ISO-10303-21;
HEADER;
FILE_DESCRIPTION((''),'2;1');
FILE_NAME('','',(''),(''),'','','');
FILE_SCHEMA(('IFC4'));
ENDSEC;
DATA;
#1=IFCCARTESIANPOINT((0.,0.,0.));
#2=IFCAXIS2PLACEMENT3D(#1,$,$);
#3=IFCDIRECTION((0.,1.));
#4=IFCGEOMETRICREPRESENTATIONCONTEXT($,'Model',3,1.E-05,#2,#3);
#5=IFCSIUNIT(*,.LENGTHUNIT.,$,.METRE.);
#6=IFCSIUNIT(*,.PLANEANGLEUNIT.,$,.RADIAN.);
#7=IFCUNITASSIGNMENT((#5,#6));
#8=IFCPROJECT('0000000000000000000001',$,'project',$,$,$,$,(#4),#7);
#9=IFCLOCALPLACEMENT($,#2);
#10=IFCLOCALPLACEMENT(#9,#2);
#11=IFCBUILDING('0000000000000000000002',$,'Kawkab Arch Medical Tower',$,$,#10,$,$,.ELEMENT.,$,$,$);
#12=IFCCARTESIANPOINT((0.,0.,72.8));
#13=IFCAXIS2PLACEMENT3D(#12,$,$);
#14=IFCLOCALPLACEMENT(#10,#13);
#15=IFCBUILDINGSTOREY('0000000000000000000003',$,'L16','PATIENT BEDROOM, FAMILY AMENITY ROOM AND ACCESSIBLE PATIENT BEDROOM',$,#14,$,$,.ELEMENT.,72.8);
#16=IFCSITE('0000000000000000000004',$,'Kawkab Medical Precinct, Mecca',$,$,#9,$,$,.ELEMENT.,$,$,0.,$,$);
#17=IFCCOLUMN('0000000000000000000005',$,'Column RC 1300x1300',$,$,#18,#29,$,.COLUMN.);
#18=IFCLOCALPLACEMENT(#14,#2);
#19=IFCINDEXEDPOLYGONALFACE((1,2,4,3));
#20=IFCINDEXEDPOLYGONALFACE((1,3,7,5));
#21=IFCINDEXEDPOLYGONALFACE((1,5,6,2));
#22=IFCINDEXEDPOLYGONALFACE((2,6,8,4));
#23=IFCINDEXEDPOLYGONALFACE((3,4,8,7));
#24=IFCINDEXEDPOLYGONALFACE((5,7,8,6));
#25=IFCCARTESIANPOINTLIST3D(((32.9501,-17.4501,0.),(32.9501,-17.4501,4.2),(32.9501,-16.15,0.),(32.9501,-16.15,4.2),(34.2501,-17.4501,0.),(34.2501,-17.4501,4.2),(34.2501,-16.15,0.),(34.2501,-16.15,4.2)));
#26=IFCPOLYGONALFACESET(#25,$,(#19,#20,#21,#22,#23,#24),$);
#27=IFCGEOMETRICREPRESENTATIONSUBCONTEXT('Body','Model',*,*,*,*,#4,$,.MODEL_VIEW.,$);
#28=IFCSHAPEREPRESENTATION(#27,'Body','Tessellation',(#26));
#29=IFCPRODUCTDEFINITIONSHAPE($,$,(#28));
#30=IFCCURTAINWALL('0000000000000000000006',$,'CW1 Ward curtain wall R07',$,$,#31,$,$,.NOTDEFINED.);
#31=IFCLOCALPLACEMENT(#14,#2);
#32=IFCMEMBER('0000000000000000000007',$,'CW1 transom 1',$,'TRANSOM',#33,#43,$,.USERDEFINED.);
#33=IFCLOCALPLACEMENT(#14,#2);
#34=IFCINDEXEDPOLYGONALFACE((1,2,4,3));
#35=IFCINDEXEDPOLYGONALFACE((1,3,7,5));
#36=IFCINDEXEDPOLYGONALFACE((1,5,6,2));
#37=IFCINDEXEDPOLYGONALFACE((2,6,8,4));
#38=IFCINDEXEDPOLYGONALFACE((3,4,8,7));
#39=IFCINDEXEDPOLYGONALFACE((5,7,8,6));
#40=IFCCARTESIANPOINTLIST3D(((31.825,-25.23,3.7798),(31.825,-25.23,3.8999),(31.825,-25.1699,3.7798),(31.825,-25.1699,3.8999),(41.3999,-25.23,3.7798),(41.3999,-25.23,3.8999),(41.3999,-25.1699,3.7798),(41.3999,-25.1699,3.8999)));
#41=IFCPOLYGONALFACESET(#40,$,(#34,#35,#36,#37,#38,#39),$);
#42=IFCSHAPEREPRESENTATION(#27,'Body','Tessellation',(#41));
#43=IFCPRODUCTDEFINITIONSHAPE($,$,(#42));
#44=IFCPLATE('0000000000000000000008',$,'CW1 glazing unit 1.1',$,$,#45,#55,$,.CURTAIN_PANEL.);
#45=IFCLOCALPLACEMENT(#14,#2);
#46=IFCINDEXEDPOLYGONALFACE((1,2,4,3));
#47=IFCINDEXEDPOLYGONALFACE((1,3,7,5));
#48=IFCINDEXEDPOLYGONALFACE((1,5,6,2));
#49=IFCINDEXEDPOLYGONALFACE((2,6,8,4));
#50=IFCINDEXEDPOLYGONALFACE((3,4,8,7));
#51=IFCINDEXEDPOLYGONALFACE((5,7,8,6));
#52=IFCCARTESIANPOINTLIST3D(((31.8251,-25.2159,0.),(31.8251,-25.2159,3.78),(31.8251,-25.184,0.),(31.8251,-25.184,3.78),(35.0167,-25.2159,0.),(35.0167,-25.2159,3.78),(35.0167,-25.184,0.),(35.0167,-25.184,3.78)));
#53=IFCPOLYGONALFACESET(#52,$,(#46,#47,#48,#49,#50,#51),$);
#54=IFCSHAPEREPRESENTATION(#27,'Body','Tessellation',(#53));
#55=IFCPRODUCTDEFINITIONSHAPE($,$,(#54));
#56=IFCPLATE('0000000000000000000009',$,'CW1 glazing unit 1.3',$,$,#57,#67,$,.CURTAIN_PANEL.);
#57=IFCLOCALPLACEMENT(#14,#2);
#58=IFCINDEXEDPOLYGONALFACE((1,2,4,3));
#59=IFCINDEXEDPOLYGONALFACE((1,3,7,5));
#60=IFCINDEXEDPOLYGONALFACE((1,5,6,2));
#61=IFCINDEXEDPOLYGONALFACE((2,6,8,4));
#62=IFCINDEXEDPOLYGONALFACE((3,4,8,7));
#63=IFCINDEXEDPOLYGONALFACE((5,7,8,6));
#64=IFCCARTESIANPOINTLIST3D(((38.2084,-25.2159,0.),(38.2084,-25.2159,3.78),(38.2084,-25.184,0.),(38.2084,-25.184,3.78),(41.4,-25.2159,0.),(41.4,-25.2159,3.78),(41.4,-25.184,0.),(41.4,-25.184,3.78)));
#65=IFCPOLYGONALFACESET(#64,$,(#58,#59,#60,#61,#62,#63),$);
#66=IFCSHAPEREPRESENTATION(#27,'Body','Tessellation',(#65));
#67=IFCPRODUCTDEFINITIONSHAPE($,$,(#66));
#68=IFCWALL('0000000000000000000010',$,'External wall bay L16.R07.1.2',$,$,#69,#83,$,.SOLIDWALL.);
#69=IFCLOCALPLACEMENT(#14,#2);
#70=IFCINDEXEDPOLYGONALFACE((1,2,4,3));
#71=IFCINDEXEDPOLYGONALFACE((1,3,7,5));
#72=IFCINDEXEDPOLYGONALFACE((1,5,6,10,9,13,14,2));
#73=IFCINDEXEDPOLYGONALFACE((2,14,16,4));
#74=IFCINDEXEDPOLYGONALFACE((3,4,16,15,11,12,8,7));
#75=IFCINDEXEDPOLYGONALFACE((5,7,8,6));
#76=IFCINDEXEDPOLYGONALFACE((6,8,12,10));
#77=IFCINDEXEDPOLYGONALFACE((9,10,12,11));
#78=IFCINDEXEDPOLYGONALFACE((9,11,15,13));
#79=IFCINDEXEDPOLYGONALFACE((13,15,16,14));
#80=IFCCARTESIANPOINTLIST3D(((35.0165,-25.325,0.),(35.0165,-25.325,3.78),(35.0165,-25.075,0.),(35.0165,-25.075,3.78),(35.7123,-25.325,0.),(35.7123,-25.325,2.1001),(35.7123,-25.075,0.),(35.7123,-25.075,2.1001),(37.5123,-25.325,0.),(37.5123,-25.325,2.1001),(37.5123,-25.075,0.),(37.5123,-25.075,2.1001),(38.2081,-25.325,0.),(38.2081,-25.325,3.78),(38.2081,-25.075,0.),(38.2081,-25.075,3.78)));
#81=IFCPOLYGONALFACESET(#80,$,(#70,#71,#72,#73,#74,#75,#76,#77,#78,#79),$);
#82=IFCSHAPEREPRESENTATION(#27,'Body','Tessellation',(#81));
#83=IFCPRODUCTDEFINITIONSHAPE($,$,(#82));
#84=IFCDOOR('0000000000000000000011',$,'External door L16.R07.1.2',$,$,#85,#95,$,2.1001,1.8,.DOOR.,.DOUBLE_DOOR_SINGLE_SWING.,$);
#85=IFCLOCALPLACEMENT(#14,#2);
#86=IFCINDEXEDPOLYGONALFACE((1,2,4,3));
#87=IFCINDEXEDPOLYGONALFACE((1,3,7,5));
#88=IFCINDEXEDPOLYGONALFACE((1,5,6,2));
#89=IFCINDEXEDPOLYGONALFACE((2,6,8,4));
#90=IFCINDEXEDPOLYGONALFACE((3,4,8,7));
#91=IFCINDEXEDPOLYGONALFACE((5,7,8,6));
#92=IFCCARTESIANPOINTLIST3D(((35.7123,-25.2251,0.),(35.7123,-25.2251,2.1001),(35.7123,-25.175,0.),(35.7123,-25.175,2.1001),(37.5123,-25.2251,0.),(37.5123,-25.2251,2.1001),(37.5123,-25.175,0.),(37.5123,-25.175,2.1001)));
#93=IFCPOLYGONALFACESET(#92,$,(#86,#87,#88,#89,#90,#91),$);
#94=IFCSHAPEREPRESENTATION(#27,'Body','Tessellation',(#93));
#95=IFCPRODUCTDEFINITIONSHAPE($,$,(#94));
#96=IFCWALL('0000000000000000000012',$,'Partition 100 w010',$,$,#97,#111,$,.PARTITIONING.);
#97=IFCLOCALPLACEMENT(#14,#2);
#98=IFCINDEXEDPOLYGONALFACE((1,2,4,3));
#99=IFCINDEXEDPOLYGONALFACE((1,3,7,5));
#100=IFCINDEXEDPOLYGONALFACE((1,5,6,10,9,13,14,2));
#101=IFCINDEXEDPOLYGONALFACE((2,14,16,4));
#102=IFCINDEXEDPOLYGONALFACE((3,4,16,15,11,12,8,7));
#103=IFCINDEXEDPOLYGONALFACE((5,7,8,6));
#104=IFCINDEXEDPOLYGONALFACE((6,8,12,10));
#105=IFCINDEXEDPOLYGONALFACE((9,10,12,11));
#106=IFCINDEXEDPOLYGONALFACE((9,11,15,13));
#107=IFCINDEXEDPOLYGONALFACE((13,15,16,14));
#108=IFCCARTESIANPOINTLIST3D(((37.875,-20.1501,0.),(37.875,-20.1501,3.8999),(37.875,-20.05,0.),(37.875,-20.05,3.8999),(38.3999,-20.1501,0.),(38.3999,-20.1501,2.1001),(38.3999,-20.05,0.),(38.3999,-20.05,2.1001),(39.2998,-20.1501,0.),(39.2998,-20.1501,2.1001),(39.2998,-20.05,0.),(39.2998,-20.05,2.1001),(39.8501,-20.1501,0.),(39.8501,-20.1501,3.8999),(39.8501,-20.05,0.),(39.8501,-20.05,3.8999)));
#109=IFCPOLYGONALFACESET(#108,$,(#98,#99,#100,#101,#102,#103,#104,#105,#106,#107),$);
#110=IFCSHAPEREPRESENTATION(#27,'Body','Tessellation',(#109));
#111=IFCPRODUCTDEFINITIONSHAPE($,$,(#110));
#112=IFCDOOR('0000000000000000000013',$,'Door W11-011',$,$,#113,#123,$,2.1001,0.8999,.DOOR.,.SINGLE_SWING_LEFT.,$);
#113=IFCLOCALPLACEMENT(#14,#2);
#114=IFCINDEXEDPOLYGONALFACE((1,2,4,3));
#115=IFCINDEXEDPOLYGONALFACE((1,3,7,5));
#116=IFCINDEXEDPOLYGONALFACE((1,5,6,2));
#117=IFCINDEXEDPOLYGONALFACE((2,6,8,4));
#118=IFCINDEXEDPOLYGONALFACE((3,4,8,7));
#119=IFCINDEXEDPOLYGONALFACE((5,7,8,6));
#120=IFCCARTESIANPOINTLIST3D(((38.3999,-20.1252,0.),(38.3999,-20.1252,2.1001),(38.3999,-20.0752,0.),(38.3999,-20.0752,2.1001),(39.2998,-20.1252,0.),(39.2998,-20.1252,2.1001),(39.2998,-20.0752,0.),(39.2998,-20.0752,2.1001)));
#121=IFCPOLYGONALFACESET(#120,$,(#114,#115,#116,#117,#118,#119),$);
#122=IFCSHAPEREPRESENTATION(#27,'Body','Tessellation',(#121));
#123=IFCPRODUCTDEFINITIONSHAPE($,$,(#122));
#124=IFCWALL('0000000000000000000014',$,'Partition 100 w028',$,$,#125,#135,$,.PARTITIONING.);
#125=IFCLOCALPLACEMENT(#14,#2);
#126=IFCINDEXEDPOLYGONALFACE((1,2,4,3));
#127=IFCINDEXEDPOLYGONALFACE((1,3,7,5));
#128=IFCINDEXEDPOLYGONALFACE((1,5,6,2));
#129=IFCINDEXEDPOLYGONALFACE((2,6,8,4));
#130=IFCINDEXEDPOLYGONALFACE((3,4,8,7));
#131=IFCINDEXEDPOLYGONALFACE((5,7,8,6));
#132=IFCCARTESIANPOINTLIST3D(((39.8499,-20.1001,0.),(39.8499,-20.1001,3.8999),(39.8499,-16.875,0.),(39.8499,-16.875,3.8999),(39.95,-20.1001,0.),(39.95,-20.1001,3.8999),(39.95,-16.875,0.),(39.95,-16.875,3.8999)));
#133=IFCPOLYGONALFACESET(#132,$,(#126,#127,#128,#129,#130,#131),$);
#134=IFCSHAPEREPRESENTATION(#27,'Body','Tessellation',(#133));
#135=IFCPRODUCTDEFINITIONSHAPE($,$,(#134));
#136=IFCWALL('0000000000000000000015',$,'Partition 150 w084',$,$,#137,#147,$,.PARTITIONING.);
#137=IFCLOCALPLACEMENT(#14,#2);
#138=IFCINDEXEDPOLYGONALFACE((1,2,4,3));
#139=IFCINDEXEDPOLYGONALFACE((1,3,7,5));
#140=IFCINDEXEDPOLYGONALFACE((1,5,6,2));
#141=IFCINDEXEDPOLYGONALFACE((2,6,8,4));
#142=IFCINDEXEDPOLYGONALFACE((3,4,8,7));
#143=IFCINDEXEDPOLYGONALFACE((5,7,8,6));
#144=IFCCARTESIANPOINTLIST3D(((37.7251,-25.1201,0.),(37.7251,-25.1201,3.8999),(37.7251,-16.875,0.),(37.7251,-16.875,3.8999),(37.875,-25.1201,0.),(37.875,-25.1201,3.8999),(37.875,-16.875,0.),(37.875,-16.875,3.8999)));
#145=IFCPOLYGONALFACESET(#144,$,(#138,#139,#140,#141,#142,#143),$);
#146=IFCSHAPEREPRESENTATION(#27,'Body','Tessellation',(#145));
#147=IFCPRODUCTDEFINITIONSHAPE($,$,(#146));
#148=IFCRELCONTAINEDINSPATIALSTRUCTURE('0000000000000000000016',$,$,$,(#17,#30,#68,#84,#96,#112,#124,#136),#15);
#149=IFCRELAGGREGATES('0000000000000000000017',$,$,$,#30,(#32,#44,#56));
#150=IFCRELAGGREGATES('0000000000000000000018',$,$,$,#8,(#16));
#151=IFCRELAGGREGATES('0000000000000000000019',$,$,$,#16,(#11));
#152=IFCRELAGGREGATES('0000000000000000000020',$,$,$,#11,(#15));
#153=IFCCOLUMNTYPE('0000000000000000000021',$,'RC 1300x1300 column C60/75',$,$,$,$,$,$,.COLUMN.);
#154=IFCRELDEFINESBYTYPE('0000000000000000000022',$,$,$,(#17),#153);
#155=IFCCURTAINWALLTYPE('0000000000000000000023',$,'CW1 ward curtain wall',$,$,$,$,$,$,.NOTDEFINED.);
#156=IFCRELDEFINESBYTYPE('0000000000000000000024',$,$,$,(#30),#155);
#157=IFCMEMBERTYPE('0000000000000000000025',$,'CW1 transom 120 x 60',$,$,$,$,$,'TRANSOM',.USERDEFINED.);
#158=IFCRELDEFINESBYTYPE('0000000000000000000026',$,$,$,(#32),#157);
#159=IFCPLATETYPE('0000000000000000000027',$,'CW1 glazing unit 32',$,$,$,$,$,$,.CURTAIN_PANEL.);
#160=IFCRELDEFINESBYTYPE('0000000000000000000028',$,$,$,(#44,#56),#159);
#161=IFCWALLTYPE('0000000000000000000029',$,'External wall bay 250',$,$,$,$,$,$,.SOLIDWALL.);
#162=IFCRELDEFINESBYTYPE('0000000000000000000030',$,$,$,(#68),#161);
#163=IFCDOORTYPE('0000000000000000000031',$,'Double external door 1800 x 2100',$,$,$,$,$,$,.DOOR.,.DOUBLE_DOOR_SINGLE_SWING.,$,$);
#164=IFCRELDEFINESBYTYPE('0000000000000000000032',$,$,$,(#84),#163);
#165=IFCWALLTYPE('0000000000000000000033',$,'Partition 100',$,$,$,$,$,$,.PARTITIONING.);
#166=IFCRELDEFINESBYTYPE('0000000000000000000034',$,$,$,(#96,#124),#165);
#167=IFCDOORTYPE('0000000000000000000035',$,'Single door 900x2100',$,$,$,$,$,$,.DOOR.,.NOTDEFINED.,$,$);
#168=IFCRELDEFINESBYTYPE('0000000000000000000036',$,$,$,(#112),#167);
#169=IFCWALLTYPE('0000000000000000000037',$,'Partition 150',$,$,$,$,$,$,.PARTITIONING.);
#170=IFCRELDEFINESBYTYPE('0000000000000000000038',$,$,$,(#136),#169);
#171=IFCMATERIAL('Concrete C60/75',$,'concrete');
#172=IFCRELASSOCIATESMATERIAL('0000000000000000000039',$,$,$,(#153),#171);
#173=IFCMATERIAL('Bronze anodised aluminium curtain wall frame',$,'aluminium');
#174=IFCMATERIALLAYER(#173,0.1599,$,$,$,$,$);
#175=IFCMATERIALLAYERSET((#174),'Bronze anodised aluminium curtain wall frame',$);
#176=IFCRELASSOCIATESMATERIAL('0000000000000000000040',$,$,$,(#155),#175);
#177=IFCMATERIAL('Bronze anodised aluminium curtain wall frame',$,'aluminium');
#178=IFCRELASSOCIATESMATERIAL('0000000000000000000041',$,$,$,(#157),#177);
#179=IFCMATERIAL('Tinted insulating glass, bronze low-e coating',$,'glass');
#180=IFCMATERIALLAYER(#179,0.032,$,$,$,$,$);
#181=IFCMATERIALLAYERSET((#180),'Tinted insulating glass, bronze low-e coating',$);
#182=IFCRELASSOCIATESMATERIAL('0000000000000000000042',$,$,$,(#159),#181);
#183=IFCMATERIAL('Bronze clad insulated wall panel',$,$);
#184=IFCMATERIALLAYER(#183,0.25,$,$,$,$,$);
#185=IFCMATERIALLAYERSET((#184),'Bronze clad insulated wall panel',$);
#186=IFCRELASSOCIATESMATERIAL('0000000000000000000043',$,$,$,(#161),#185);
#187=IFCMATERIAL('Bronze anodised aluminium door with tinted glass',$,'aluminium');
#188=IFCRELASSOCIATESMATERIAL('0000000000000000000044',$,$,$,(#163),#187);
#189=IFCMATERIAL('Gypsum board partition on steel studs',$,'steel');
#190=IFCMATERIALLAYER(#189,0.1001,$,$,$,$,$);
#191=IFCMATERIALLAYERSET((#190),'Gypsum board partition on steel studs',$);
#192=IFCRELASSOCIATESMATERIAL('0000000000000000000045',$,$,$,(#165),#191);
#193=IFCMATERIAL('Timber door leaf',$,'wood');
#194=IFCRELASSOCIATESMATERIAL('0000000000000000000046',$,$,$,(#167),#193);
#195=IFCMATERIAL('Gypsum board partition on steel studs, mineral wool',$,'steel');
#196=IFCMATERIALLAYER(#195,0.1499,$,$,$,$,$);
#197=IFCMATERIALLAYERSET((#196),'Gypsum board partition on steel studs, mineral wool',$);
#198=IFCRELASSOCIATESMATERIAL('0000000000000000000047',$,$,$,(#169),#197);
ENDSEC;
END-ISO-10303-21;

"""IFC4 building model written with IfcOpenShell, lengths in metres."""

from ifc_helpers import new_model, si_unit, direction, frame, frame_2d, origin, origin_2d, place, context, subcontext, project, spatial, rectangle, extrude, material, layer, layer_set, material_profile, profile_set, type_object, element, fill, aggregate, save


model = new_model("IFC4")

# Units and contexts
model_context = context("Model", 3, precision=1e-05, world=origin(), true_north=direction((0.0, 1.0)))
body_context = subcontext(model_context, "Body", "Model", "MODEL_VIEW")
ifc_project = project(units=[si_unit("LENGTHUNIT", "METRE"), si_unit("PLANEANGLEUNIT", "RADIAN")], contexts=[model_context])

# Site, building, storey
site_placement = place(None, origin())
site = spatial("IfcSite", under=ifc_project, at=site_placement, Name="Kawkab Medical Precinct, Mecca", CompositionType="ELEMENT", RefElevation=0.0)
building_placement = place(site_placement, origin())
building = spatial("IfcBuilding", under=site, at=building_placement, Name="Kawkab Arch Medical Tower", CompositionType="ELEMENT")
storey_placement = place(building_placement, frame((0.0, 0.0, 72.8)))
storey = spatial("IfcBuildingStorey", under=building, at=storey_placement, Name="L16", Description="PATIENT BEDROOM, FAMILY AMENITY ROOM AND ACCESSIBLE PATIENT BEDROOM", CompositionType="ELEMENT", Elevation=72.8)

# Column
ifc_material_1 = material(Name="Concrete C60/75", Category="concrete")
ifc_material_profile_1 = material_profile(ifc_material_1, rectangle(XDim=1.3, YDim=1.3, at=origin_2d()), Name="RC 1300x1300")
ifc_profile_set_1 = profile_set([ifc_material_profile_1], Name="Concrete C60/75")
column_type = type_object("IfcColumnType", Name="RC 1300x1300 column C60/75", PredefinedType="COLUMN", material=ifc_profile_set_1)
column_placement = place(storey_placement, frame((33.6001, -16.8, 0.0), z_axis=(0.0, 0.0, 1.0), x_axis=(1.0, 0.0, 0.0)))
element("IfcColumn", 1, at=column_placement, inside=storey, type_object=column_type, Name="Column RC 1300x1300", PredefinedType="COLUMN", context=body_context, shape_type="SweptSolid", body=[
    extrude(rectangle(XDim=1.3, YDim=1.3, at=origin_2d()), origin(), (0.0, 0.0, 1.0), 4.2),
])

# Curtain wall, member, plates
ifc_material_2 = material(Name="Bronze anodised aluminium curtain wall frame", Category="aluminium")
ifc_layer_1 = layer(ifc_material_2, 0.1599)
ifc_layer_set_1 = layer_set([ifc_layer_1], Name="Bronze anodised aluminium curtain wall frame")
curtain_wall_type = type_object("IfcCurtainWallType", Name="CW1 ward curtain wall", PredefinedType="NOTDEFINED", material=ifc_layer_set_1)
curtain_wall_placement = place(storey_placement, origin())
curtain_wall = element("IfcCurtainWall", 2, at=curtain_wall_placement, inside=storey, type_object=curtain_wall_type, Name="CW1 Ward curtain wall R07", PredefinedType="NOTDEFINED")
ifc_material_3 = material(Name="Bronze anodised aluminium curtain wall frame", Category="aluminium")
ifc_material_profile_2 = material_profile(ifc_material_3, rectangle(XDim=0.0601, YDim=0.1201, at=origin_2d()), Name="AL 60x120")
ifc_profile_set_2 = profile_set([ifc_material_profile_2], Name="Bronze anodised aluminium curtain wall frame")
member_type = type_object("IfcMemberType", Name="CW1 transom 120 x 60", ElementType="TRANSOM", PredefinedType="USERDEFINED", material=ifc_profile_set_2)
member_placement = place(storey_placement, frame((31.825, -25.2, 3.8398), z_axis=(1.0, 0.0, 0.0), x_axis=(0.0, 1.0, 0.0)))
member = element("IfcMember", 3, at=member_placement, type_object=member_type, Name="CW1 transom 1", ObjectType="TRANSOM", PredefinedType="USERDEFINED", context=body_context, shape_type="SweptSolid", body=[
    extrude(rectangle(XDim=0.0601, YDim=0.1201, at=origin_2d()), origin(), (0.0, 0.0, 1.0), 9.575),
])
ifc_material_4 = material(Name="Tinted insulating glass, bronze low-e coating", Category="glass")
ifc_layer_2 = layer(ifc_material_4, 0.032)
ifc_layer_set_2 = layer_set([ifc_layer_2], Name="Tinted insulating glass, bronze low-e coating")
plate_type = type_object("IfcPlateType", Name="CW1 glazing unit 32", PredefinedType="CURTAIN_PANEL", material=ifc_layer_set_2)
plate_1_placement = place(storey_placement, frame((33.4209, -25.2, 0.0), z_axis=(0.0, 0.0, 1.0), x_axis=(1.0, 0.0, 0.0)))
plate_1 = element("IfcPlate", 4, at=plate_1_placement, type_object=plate_type, Name="CW1 glazing unit 1.1", PredefinedType="CURTAIN_PANEL", context=body_context, shape_type="SweptSolid", body=[
    extrude(rectangle(XDim=3.1917, YDim=0.032, at=origin_2d()), origin(), (0.0, 0.0, 1.0), 3.78),
])
plate_2_placement = place(storey_placement, frame((39.8042, -25.2, 0.0), z_axis=(0.0, 0.0, 1.0), x_axis=(1.0, 0.0, 0.0)))
plate_2 = element("IfcPlate", 5, at=plate_2_placement, type_object=plate_type, Name="CW1 glazing unit 1.3", PredefinedType="CURTAIN_PANEL", context=body_context, shape_type="SweptSolid", body=[
    extrude(rectangle(XDim=3.1917, YDim=0.032, at=origin_2d()), origin(), (0.0, 0.0, 1.0), 3.78),
])
aggregate(curtain_wall, [member, plate_1, plate_2])

# Walls, openings, doors
ifc_material_5 = material(Name="Bronze clad insulated wall panel")
ifc_layer_3 = layer(ifc_material_5, 0.25)
ifc_layer_set_3 = layer_set([ifc_layer_3], Name="Bronze clad insulated wall panel")
wall_type_1 = type_object("IfcWallType", Name="External wall bay 250", PredefinedType="SOLIDWALL", material=ifc_layer_set_3)
wall_1_placement = place(storey_placement, frame((35.0166, -25.2, 0.0), z_axis=(0.0, 0.0, 1.0), x_axis=(1.0, 0.0, 0.0)))
wall_1 = element("IfcWall", 6, at=wall_1_placement, inside=storey, type_object=wall_type_1, Name="External wall bay L16.R07.1.2", PredefinedType="SOLIDWALL", context=body_context, shape_type="SweptSolid", body=[
    extrude(rectangle(XDim=3.1917, YDim=0.25, at=frame_2d((1.5957, 0.0))), origin(), (0.0, 0.0, 1.0), 3.78),
])
opening_1_placement = place(wall_1_placement, frame((0.6958, 0.0, 0.0)))
opening_1 = element("IfcOpeningElement", 7, at=opening_1_placement, cuts=wall_1, PredefinedType="OPENING", context=body_context, shape_type="SweptSolid", body=[
    extrude(rectangle(XDim=1.8, YDim=2.1001, at=frame_2d((0.8999, 1.05))), frame((0.0, 0.135, 0.0), z_axis=(0.0, -1.0, 0.0), x_axis=(1.0, 0.0, 0.0)), (0.0, 0.0, 1.0), 0.27),
])
ifc_material_6 = material(Name="Bronze anodised aluminium door with tinted glass", Category="aluminium")
door_type_1 = type_object("IfcDoorType", Name="Double external door 1800 x 2100", OperationType="DOUBLE_DOOR_SINGLE_SWING", PredefinedType="DOOR", material=ifc_material_6)
door_1_placement = place(opening_1_placement, origin())
door_1 = element("IfcDoor", 8, at=door_1_placement, inside=storey, type_object=door_type_1, Name="External door L16.R07.1.2", OperationType="DOUBLE_DOOR_SINGLE_SWING", OverallHeight=2.1001, OverallWidth=1.8, PredefinedType="DOOR", context=body_context, shape_type="SweptSolid", body=[
    extrude(rectangle(XDim=1.8, YDim=2.1001, at=frame_2d((0.8999, 1.05))), frame((0.0, 0.0249, 0.0), z_axis=(0.0, -1.0, 0.0), x_axis=(1.0, 0.0, 0.0)), (0.0, 0.0, 1.0), 0.05),
])
fill(opening_1, door_1)
ifc_material_7 = material(Name="Gypsum board partition on steel studs", Category="steel")
ifc_layer_4 = layer(ifc_material_7, 0.1001)
ifc_layer_set_4 = layer_set([ifc_layer_4], Name="Gypsum board partition on steel studs")
wall_type_2 = type_object("IfcWallType", Name="Partition 100", PredefinedType="PARTITIONING", material=ifc_layer_set_4)
wall_2_placement = place(storey_placement, frame((37.875, -20.1001, 0.0), z_axis=(0.0, 0.0, 1.0), x_axis=(1.0, 0.0, 0.0)))
wall_2 = element("IfcWall", 9, at=wall_2_placement, inside=storey, type_object=wall_type_2, Name="Partition 100 w010", PredefinedType="PARTITIONING", context=body_context, shape_type="SweptSolid", body=[
    extrude(rectangle(XDim=1.9751, YDim=0.1001, at=frame_2d((0.9875, 0.0))), origin(), (0.0, 0.0, 1.0), 3.8999),
])
opening_2_placement = place(wall_2_placement, frame((0.5249, 0.0, 0.0)))
opening_2 = element("IfcOpeningElement", 10, at=opening_2_placement, cuts=wall_2, PredefinedType="OPENING", context=body_context, shape_type="SweptSolid", body=[
    extrude(rectangle(XDim=0.8999, YDim=2.1001, at=frame_2d((0.45, 1.05))), frame((0.0, 0.0601, 0.0), z_axis=(0.0, -1.0, 0.0), x_axis=(1.0, 0.0, 0.0)), (0.0, 0.0, 1.0), 0.1201),
])
ifc_material_8 = material(Name="Timber door leaf", Category="wood")
door_type_2 = type_object("IfcDoorType", Name="Single door 900x2100", OperationType="NOTDEFINED", PredefinedType="DOOR", material=ifc_material_8)
door_2_placement = place(opening_2_placement, origin())
door_2 = element("IfcDoor", 11, at=door_2_placement, inside=storey, type_object=door_type_2, Name="Door W11-011", OperationType="SINGLE_SWING_LEFT", OverallHeight=2.1001, OverallWidth=0.8999, PredefinedType="DOOR", context=body_context, shape_type="SweptSolid", body=[
    extrude(rectangle(XDim=0.8999, YDim=2.1001, at=frame_2d((0.45, 1.05))), frame((0.0, 0.0249, 0.0), z_axis=(0.0, -1.0, 0.0), x_axis=(1.0, 0.0, 0.0)), (0.0, 0.0, 1.0), 0.05),
])
fill(opening_2, door_2)

# Walls
wall_3_placement = place(storey_placement, frame((39.8999, -20.1001, 0.0), z_axis=(0.0, 0.0, 1.0), x_axis=(0.0, 1.0, 0.0)))
element("IfcWall", 12, at=wall_3_placement, inside=storey, type_object=wall_type_2, Name="Partition 100 w028", PredefinedType="PARTITIONING", context=body_context, shape_type="SweptSolid", body=[
    extrude(rectangle(XDim=3.2251, YDim=0.1001, at=frame_2d((1.6125, 0.0))), origin(), (0.0, 0.0, 1.0), 3.8999),
])
ifc_material_9 = material(Name="Gypsum board partition on steel studs, mineral wool", Category="steel")
ifc_layer_5 = layer(ifc_material_9, 0.1499)
ifc_layer_set_5 = layer_set([ifc_layer_5], Name="Gypsum board partition on steel studs, mineral wool")
wall_type_3 = type_object("IfcWallType", Name="Partition 150", PredefinedType="PARTITIONING", material=ifc_layer_set_5)
wall_4_placement = place(storey_placement, frame((37.8, -25.1201, 0.0), z_axis=(0.0, 0.0, 1.0), x_axis=(0.0, 1.0, 0.0)))
element("IfcWall", 13, at=wall_4_placement, inside=storey, type_object=wall_type_3, Name="Partition 150 w084", PredefinedType="PARTITIONING", context=body_context, shape_type="SweptSolid", body=[
    extrude(rectangle(XDim=8.2451, YDim=0.1499, at=frame_2d((4.1226, 0.0))), origin(), (0.0, 0.0, 1.0), 3.8999),
])

save(model, "model.ifc")
